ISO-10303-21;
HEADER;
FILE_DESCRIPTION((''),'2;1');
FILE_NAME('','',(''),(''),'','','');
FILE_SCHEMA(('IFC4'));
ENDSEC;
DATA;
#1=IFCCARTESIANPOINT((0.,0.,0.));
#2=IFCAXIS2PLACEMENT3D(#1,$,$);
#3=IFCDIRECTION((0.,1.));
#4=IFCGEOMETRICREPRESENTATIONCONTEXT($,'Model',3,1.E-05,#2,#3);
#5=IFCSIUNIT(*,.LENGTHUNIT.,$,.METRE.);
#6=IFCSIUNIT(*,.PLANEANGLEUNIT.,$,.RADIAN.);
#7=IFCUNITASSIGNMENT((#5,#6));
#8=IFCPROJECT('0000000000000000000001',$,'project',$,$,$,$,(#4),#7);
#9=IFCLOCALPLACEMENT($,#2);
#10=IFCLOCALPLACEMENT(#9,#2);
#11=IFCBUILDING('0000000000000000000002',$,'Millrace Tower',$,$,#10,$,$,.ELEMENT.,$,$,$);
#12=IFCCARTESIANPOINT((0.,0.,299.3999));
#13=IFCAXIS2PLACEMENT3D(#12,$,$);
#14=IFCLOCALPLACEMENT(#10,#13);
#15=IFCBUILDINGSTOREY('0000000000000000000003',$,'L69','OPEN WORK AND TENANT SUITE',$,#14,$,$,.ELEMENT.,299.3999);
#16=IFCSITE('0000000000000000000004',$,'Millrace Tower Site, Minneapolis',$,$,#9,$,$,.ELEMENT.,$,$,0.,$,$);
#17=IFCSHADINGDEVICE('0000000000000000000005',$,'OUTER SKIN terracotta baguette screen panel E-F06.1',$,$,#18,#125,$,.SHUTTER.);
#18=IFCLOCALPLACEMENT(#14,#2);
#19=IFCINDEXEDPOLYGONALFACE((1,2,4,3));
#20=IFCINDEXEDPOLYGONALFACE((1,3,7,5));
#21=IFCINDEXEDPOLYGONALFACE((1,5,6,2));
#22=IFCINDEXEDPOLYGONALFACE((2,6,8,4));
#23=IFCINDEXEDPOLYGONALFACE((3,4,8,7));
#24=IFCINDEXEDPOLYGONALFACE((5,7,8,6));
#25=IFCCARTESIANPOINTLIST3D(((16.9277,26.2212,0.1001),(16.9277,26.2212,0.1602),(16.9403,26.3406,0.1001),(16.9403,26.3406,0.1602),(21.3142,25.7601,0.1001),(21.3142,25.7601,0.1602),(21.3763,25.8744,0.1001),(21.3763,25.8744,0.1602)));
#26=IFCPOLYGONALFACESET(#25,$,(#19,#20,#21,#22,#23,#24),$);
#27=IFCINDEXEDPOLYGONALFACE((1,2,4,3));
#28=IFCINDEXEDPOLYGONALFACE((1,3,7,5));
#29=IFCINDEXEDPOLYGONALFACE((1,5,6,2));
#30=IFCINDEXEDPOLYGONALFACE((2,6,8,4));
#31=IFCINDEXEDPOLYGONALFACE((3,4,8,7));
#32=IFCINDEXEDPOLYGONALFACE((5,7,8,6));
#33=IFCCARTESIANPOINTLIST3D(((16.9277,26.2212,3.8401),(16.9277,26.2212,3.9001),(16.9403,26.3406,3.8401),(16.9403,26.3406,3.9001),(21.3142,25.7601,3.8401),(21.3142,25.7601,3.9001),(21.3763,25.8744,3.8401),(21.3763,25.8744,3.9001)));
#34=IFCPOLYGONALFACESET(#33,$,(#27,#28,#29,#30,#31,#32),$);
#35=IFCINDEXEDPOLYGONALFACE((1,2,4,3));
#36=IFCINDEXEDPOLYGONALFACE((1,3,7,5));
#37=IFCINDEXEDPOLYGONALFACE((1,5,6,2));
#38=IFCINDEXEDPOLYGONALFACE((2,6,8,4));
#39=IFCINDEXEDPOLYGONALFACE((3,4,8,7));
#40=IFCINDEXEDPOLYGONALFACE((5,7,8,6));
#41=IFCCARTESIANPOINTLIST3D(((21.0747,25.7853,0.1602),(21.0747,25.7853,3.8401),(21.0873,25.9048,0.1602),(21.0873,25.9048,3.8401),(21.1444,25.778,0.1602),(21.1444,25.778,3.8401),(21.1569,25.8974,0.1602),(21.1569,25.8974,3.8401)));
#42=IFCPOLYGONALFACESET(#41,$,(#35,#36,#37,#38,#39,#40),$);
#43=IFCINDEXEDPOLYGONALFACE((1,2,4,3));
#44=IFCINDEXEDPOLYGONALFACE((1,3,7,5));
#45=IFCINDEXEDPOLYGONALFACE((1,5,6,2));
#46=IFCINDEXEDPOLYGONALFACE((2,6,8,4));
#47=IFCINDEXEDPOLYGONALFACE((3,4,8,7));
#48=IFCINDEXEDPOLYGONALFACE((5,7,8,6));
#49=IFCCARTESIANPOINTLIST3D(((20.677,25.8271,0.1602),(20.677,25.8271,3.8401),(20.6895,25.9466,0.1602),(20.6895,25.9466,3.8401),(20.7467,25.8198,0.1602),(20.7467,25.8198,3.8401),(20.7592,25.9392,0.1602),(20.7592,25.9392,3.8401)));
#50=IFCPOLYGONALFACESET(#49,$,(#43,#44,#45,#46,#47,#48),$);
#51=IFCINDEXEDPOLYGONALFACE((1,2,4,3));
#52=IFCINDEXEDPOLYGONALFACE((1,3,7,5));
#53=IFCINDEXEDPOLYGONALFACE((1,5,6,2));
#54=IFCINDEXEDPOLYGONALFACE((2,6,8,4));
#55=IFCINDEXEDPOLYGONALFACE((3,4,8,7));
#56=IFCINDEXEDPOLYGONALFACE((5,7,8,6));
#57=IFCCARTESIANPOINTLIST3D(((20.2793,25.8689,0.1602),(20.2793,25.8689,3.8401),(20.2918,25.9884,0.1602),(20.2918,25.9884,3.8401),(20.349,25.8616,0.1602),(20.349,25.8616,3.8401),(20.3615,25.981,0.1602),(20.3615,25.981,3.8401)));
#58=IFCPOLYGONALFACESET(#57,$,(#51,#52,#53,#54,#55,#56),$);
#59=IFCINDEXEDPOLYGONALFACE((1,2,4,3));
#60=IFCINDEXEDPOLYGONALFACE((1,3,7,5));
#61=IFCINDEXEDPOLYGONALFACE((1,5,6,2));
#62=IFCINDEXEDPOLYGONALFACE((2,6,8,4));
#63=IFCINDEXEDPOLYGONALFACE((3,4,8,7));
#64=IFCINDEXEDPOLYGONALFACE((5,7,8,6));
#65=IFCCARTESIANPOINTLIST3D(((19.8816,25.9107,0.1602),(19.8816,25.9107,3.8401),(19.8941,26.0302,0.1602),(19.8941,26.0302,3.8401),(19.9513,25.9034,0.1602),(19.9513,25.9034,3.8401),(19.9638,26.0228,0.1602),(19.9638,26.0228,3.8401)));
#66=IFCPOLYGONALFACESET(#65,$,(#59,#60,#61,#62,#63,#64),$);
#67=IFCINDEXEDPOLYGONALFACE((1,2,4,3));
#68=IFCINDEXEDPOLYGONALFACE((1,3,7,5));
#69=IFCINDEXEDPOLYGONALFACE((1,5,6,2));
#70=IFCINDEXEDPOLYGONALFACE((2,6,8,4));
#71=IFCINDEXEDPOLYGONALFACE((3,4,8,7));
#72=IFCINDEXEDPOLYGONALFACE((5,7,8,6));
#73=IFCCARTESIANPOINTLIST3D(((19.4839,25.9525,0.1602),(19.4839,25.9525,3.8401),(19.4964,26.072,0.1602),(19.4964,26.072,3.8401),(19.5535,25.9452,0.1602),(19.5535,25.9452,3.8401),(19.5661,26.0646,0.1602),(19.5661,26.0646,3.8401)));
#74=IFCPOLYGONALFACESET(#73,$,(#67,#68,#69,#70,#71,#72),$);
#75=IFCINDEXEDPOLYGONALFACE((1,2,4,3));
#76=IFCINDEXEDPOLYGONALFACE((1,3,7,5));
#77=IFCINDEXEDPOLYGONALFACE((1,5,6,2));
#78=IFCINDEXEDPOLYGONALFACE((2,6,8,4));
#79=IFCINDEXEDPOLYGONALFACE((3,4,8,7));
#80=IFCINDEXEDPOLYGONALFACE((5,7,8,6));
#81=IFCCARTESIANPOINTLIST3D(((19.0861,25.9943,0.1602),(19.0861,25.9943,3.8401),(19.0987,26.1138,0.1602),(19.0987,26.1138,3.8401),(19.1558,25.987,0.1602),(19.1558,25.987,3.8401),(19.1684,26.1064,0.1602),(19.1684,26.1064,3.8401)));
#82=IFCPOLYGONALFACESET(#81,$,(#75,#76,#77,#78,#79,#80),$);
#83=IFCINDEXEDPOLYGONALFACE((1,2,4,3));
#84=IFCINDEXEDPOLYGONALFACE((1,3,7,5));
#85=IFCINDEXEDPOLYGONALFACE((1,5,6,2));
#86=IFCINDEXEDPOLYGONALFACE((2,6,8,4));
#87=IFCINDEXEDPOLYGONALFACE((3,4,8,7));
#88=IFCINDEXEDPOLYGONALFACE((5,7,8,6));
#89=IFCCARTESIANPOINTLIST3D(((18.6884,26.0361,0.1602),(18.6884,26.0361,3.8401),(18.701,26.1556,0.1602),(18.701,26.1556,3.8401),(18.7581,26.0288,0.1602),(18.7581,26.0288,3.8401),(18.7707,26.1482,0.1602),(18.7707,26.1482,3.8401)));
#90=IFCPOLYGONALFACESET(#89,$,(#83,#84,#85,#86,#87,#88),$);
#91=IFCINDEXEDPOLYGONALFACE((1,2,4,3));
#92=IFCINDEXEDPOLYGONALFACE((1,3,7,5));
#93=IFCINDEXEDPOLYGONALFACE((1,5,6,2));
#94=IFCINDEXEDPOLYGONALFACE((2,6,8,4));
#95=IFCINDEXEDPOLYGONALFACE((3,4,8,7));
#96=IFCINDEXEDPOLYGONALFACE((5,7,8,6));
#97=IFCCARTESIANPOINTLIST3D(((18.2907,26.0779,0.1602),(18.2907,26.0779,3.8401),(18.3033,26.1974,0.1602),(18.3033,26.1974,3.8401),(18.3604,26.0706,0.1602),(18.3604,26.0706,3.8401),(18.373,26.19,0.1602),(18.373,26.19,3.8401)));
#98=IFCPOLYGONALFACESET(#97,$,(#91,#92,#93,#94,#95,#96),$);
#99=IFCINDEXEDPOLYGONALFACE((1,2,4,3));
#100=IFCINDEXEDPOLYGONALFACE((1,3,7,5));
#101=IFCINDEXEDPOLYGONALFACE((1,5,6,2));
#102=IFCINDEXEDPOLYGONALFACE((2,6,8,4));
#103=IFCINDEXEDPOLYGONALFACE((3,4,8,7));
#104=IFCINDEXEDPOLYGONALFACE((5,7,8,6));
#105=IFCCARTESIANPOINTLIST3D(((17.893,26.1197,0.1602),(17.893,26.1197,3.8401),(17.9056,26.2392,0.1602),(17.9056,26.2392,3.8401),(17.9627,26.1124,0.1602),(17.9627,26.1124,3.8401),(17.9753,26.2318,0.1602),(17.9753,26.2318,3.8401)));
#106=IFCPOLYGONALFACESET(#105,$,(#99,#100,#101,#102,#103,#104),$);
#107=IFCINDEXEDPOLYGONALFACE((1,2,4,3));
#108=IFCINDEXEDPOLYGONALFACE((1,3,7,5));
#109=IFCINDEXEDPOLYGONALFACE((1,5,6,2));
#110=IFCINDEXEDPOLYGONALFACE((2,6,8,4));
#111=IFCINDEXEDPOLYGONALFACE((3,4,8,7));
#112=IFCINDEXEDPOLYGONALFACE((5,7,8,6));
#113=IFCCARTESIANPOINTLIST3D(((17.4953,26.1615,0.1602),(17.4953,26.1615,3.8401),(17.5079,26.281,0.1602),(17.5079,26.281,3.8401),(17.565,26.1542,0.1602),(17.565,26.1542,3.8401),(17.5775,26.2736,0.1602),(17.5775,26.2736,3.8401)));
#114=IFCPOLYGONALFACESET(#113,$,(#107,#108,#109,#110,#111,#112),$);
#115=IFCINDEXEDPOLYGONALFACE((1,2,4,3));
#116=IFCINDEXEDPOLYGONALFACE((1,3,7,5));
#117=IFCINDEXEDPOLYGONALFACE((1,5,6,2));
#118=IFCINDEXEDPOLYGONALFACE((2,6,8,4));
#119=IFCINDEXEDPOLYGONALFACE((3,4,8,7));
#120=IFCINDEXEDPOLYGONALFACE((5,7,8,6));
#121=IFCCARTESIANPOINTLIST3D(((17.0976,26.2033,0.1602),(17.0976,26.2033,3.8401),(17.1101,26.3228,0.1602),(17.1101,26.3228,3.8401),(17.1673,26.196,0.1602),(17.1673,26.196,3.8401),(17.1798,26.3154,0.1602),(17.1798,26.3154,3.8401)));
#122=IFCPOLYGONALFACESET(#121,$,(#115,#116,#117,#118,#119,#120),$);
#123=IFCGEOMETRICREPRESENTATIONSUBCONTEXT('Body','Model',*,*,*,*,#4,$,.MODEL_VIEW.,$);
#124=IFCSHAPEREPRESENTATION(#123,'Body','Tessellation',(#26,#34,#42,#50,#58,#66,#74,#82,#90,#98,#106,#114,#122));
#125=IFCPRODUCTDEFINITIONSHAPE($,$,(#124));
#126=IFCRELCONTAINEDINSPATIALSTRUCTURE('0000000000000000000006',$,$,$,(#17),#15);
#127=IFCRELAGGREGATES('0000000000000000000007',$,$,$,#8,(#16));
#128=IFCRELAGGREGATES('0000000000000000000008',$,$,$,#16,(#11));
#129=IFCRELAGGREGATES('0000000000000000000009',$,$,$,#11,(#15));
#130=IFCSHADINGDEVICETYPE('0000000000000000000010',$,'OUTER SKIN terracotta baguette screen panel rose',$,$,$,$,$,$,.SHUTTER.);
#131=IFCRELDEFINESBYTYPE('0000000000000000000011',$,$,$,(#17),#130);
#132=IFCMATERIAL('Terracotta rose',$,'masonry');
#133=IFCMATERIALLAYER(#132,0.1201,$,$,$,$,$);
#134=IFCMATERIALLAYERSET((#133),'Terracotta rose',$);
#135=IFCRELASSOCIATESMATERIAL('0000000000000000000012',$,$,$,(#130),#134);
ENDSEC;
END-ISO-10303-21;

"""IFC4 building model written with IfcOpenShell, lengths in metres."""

from ifc_helpers import new_model, entity, si_unit, direction, frame, frame_2d, origin, place, context, subcontext, project, spatial, rectangle, extrude, source, transform, mapped, material, layer, layer_set, type_object, element, save


model = new_model("IFC4")

# Units and contexts
model_context = context("Model", 3, precision=1e-05, world=origin(), true_north=direction((0.0, 1.0)))
body_context = subcontext(model_context, "Body", "Model", "MODEL_VIEW")
ifc_project = project(units=[si_unit("LENGTHUNIT", "METRE"), si_unit("PLANEANGLEUNIT", "RADIAN")], contexts=[model_context])

# Site, building, storey
site_placement = place(None, origin())
site = spatial("IfcSite", under=ifc_project, at=site_placement, Name="Millrace Tower Site, Minneapolis", CompositionType="ELEMENT", RefElevation=0.0)
building_placement = place(site_placement, origin())
building = spatial("IfcBuilding", under=site, at=building_placement, Name="Millrace Tower", CompositionType="ELEMENT")
storey_placement = place(building_placement, frame((0.0, 0.0, 299.3999)))
storey = spatial("IfcBuildingStorey", under=building, at=storey_placement, Name="L69", Description="OPEN WORK AND TENANT SUITE", CompositionType="ELEMENT", Elevation=299.3999)

# Shading device
ifc_material_1 = material(Name="Terracotta rose", Category="masonry")
ifc_layer_1 = layer(ifc_material_1, 0.1201)
ifc_layer_set_1 = layer_set([ifc_layer_1], Name="Terracotta rose")
shading_device_type = type_object("IfcShadingDeviceType", Name="OUTER SKIN terracotta baguette screen panel rose", PredefinedType="SHUTTER", material=ifc_layer_set_1)
cartesian_point_1 = entity("IfcCartesianPoint", [-2.1929, 0.0601])
shared_polyline_1 = entity("IfcPolyline", [cartesian_point_1, entity("IfcCartesianPoint", [2.2178, 0.0601]), entity("IfcCartesianPoint", [2.2178, -0.0601]), entity("IfcCartesianPoint", [-2.2427, -0.0601]), cartesian_point_1])
shared_shape_1 = source(origin(), body_context, "Body", "SweptSolid", [
    entity("IfcExtrudedAreaSolid", entity("IfcArbitraryClosedProfileDef", "AREA", None, shared_polyline_1), entity("IfcAxis2Placement3D", entity("IfcCartesianPoint", [0.0, 0.0, 0.0])), entity("IfcDirection", [0.0, 0.0, 1.0]), 0.0601),
    entity("IfcExtrudedAreaSolid", entity("IfcArbitraryClosedProfileDef", "AREA", None, shared_polyline_1), entity("IfcAxis2Placement3D", entity("IfcCartesianPoint", [0.0, 0.0, 3.74])), entity("IfcDirection", [0.0, 0.0, 1.0]), 0.0601),
    extrude(rectangle(XDim=0.0701, YDim=0.1201, at=frame_2d((-1.9871, 0.0))), frame((0.0, 0.0, 0.0601)), (0.0, 0.0, 1.0), 3.6799),
    extrude(rectangle(XDim=0.0701, YDim=0.1201, at=frame_2d((-1.5872, 0.0))), frame((0.0, 0.0, 0.0601)), (0.0, 0.0, 1.0), 3.6799),
    extrude(rectangle(XDim=0.0701, YDim=0.1201, at=frame_2d((-1.1873, 0.0))), frame((0.0, 0.0, 0.0601)), (0.0, 0.0, 1.0), 3.6799),
    extrude(rectangle(XDim=0.0701, YDim=0.1201, at=frame_2d((-0.7874, 0.0))), frame((0.0, 0.0, 0.0601)), (0.0, 0.0, 1.0), 3.6799),
    extrude(rectangle(XDim=0.0701, YDim=0.1201, at=frame_2d((-0.3875, 0.0))), frame((0.0, 0.0, 0.0601)), (0.0, 0.0, 1.0), 3.6799),
    extrude(rectangle(XDim=0.0701, YDim=0.1201, at=frame_2d((0.0125, 0.0))), frame((0.0, 0.0, 0.0601)), (0.0, 0.0, 1.0), 3.6799),
    extrude(rectangle(XDim=0.0701, YDim=0.1201, at=frame_2d((0.4124, 0.0))), frame((0.0, 0.0, 0.0601)), (0.0, 0.0, 1.0), 3.6799),
    extrude(rectangle(XDim=0.0701, YDim=0.1201, at=frame_2d((0.8123, 0.0))), frame((0.0, 0.0, 0.0601)), (0.0, 0.0, 1.0), 3.6799),
    extrude(rectangle(XDim=0.0701, YDim=0.1201, at=frame_2d((1.2122, 0.0))), frame((0.0, 0.0, 0.0601)), (0.0, 0.0, 1.0), 3.6799),
    extrude(rectangle(XDim=0.0701, YDim=0.1201, at=frame_2d((1.6121, 0.0))), frame((0.0, 0.0, 0.0601)), (0.0, 0.0, 1.0), 3.6799),
    extrude(rectangle(XDim=0.0701, YDim=0.1201, at=frame_2d((2.012, 0.0))), frame((0.0, 0.0, 0.0601)), (0.0, 0.0, 1.0), 3.6799),
])
shading_device_1_placement = place(storey_placement, frame((19.1396, 26.0491, 0.1001), z_axis=(0.0, 0.0, 1.0), x_axis=(-0.994522, 0.104528, 0.0)))
element("IfcShadingDevice", 1, at=shading_device_1_placement, inside=storey, type_object=shading_device_type, Name="OUTER SKIN terracotta baguette screen panel E-F06.1", PredefinedType="SHUTTER", context=body_context, shape_type="MappedRepresentation", body=[
    mapped(shared_shape_1, transform((0.0, 0.0, 0.0), scale=1.0)),
])

save(model, "model.ifc")
